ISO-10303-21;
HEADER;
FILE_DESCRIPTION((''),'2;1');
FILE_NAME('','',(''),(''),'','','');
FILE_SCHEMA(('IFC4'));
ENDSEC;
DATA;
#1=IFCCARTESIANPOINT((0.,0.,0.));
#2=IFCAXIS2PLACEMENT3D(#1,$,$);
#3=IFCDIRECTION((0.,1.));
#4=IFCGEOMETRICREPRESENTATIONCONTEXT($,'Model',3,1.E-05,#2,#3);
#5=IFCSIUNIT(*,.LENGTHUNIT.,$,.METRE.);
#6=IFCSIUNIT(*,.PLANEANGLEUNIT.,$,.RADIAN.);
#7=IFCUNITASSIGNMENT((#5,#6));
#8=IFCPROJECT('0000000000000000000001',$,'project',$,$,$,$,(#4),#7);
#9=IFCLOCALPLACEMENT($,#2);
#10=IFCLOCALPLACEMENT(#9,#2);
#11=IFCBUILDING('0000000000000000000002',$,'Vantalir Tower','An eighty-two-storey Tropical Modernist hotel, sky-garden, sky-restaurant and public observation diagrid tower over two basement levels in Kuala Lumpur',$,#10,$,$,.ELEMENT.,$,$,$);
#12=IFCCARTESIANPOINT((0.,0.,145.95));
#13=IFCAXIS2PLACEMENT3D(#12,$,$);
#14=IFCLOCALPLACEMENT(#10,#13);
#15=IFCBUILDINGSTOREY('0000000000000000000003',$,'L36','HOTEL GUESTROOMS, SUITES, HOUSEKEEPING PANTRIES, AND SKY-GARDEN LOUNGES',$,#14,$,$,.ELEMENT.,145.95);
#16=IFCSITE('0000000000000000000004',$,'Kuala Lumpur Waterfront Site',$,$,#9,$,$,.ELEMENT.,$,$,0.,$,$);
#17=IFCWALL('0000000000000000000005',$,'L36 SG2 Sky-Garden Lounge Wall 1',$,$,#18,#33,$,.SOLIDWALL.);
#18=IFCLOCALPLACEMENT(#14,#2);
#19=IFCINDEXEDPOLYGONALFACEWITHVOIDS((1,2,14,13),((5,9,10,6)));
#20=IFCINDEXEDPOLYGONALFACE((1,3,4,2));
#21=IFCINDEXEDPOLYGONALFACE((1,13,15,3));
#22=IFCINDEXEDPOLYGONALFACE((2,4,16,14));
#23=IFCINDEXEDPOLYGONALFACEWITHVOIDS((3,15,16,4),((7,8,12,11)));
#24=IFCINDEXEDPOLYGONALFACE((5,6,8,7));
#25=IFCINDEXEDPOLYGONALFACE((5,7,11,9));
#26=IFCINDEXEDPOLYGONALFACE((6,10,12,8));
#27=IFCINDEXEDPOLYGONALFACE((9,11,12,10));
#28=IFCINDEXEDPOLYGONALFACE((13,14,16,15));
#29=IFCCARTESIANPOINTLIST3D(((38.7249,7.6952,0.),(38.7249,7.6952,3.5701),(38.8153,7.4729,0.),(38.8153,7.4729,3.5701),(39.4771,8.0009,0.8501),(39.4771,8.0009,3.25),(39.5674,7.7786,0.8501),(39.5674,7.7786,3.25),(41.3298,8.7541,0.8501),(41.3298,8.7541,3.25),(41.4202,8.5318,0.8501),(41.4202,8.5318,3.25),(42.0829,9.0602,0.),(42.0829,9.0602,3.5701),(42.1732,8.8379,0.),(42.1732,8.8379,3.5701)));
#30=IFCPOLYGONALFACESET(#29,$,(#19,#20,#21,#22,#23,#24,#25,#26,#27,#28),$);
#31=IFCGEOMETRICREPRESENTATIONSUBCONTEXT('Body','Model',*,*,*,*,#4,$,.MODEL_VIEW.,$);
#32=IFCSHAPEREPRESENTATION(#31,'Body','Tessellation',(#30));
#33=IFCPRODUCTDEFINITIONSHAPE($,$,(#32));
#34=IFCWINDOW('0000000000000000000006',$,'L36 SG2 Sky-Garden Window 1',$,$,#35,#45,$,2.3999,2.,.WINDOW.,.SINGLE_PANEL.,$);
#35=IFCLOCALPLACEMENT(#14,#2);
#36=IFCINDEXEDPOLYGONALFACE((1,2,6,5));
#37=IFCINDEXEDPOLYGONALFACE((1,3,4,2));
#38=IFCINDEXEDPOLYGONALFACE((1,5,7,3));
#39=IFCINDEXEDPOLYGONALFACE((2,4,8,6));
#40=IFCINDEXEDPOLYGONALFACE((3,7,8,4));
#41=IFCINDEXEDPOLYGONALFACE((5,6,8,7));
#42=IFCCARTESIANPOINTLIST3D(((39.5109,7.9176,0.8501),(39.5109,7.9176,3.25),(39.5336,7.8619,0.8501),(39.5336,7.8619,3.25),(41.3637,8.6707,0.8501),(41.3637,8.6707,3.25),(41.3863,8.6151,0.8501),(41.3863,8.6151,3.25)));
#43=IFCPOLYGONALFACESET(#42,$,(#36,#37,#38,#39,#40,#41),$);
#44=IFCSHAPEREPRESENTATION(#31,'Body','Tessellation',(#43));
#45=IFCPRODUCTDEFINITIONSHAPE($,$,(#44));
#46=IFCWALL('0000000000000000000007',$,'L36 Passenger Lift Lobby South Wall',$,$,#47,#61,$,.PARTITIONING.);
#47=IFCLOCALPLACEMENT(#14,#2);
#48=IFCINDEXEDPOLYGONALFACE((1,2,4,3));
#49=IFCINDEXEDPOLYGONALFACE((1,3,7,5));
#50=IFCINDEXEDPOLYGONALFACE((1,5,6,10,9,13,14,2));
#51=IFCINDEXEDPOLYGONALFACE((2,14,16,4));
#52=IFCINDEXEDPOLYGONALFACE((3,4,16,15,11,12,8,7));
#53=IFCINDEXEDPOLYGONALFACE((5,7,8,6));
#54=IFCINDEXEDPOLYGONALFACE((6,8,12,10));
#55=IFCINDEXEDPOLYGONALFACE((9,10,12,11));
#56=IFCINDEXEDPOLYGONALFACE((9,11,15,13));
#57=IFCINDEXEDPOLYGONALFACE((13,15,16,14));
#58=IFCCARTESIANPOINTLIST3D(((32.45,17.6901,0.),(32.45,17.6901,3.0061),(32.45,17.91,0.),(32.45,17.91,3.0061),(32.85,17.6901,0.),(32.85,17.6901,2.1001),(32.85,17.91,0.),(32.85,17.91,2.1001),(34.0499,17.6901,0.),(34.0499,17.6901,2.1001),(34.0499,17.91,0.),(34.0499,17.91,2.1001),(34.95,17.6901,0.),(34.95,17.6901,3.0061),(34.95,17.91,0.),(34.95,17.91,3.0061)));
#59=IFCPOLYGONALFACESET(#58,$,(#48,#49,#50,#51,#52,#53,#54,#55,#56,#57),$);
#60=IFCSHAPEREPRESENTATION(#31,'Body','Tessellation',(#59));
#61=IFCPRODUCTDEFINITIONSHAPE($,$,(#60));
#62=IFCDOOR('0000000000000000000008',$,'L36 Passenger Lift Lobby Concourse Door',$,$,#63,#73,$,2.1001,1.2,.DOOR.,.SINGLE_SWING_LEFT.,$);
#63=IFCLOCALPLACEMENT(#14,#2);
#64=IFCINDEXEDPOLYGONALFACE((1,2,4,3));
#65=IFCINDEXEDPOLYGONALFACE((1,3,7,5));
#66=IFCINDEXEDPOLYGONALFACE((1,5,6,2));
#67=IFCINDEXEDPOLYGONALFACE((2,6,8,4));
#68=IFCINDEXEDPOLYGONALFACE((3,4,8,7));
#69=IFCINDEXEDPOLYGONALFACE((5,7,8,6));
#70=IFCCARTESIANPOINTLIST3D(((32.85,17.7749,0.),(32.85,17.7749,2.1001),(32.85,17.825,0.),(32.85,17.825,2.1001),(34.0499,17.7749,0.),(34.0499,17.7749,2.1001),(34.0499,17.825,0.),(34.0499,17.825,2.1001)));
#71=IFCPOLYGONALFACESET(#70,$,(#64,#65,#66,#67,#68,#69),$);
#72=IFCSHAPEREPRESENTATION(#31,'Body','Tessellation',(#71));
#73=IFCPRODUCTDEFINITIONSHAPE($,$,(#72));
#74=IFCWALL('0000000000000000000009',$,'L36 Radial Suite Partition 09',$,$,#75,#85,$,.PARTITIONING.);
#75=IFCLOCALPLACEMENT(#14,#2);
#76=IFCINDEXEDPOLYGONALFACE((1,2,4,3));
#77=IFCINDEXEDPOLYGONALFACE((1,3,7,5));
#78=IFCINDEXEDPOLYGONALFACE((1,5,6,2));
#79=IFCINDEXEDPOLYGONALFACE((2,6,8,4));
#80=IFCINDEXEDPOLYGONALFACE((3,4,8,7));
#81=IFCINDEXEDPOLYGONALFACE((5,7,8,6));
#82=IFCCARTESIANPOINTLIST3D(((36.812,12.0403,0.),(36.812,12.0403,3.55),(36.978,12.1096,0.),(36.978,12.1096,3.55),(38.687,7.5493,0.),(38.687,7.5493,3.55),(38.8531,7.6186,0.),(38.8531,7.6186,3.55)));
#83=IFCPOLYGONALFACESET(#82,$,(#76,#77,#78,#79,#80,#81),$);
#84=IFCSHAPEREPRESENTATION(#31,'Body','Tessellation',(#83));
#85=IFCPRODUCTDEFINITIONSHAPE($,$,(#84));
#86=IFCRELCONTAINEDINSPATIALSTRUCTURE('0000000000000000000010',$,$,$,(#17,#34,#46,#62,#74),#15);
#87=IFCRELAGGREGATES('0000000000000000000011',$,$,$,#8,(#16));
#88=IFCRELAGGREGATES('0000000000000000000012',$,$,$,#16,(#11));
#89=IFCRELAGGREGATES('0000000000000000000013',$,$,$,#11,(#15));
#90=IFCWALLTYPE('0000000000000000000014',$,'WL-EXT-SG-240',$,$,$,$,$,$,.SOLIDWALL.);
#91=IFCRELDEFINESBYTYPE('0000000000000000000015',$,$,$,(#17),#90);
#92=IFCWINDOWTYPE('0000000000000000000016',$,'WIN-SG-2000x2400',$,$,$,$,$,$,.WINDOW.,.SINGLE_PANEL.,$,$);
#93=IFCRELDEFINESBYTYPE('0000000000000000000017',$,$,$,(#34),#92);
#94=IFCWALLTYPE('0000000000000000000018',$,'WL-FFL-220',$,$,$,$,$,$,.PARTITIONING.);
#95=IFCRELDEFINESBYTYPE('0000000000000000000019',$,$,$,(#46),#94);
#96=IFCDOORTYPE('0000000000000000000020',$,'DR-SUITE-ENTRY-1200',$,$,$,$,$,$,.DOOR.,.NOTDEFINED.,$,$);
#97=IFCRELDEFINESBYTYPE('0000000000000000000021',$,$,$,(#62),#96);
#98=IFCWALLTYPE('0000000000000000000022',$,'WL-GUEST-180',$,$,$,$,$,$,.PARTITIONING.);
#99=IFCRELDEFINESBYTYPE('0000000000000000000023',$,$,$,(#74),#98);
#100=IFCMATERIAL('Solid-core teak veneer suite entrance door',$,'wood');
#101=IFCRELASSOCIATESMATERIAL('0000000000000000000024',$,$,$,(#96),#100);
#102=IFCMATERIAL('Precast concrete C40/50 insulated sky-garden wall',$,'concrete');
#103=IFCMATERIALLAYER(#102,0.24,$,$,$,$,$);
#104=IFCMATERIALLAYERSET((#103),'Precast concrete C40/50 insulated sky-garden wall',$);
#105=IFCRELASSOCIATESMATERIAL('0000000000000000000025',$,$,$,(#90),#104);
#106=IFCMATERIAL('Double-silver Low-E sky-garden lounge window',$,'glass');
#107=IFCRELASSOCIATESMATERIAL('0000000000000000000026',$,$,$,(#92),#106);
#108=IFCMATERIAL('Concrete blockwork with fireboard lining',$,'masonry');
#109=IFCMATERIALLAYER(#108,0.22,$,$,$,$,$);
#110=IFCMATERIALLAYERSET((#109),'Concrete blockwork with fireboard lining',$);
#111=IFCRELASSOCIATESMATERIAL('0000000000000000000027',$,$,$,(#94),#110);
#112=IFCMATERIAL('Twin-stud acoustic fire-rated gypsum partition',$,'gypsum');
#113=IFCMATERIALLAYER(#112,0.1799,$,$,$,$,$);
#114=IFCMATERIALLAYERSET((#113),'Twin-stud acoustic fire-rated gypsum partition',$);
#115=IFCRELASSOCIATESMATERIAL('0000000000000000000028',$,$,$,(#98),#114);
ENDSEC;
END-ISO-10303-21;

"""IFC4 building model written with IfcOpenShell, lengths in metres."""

from ifc_helpers import new_model, si_unit, direction, frame, frame_2d, origin, place, context, subcontext, project, spatial, rectangle, extrude, material, layer, layer_set, type_object, element, fill, save


model = new_model("IFC4")

# Units and contexts
model_context = context("Model", 3, precision=1e-05, world=origin(), true_north=direction((0.0, 1.0)))
body_context = subcontext(model_context, "Body", "Model", "MODEL_VIEW")
ifc_project = project(units=[si_unit("LENGTHUNIT", "METRE"), si_unit("PLANEANGLEUNIT", "RADIAN")], contexts=[model_context])

# Site, building, storey
site_placement = place(None, origin())
site = spatial("IfcSite", under=ifc_project, at=site_placement, Name="Kuala Lumpur Waterfront Site", CompositionType="ELEMENT", RefElevation=0.0)
building_placement = place(site_placement, origin())
building = spatial("IfcBuilding", under=site, at=building_placement, Name="Vantalir Tower", Description="An eighty-two-storey Tropical Modernist hotel, sky-garden, sky-restaurant and public observation diagrid tower over two basement levels in Kuala Lumpur", CompositionType="ELEMENT")
storey_placement = place(building_placement, frame((0.0, 0.0, 145.95)))
storey = spatial("IfcBuildingStorey", under=building, at=storey_placement, Name="L36", Description="HOTEL GUESTROOMS, SUITES, HOUSEKEEPING PANTRIES, AND SKY-GARDEN LOUNGES", CompositionType="ELEMENT", Elevation=145.95)

# Shared definitions
ifc_material_1 = material(Name="Solid-core teak veneer suite entrance door", Category="wood")
door_type = type_object("IfcDoorType", Name="DR-SUITE-ENTRY-1200", OperationType="NOTDEFINED", PredefinedType="DOOR", material=ifc_material_1)

# Wall, opening, window
ifc_material_2 = material(Name="Precast concrete C40/50 insulated sky-garden wall", Category="concrete")
ifc_layer_1 = layer(ifc_material_2, 0.24)
ifc_layer_set_1 = layer_set([ifc_layer_1], Name="Precast concrete C40/50 insulated sky-garden wall")
wall_type_1 = type_object("IfcWallType", Name="WL-EXT-SG-240", PredefinedType="SOLIDWALL", material=ifc_layer_set_1)
wall_1_placement = place(storey_placement, frame((38.77, 7.584, 0.0), z_axis=(0.0, 0.0, 1.0), x_axis=(0.926386, 0.376576, 0.0)))
wall_1 = element("IfcWall", 1, at=wall_1_placement, inside=storey, type_object=wall_type_1, Name="L36 SG2 Sky-Garden Lounge Wall 1", PredefinedType="SOLIDWALL", context=body_context, shape_type="SweptSolid", body=[
    extrude(rectangle(XDim=3.6248, YDim=0.24, at=frame_2d((1.8125, 0.0))), origin(), (0.0, 0.0, 1.0), 3.5701),
])
opening_1_placement = place(wall_1_placement, frame((0.812, 0.0, 0.8501)))
opening_1 = element("IfcOpeningElement", 2, at=opening_1_placement, cuts=wall_1, PredefinedType="OPENING", context=body_context, shape_type="SweptSolid", body=[
    extrude(rectangle(XDim=2.0, YDim=2.3999, at=frame_2d((1.0, 1.2))), frame((0.0, 0.1299, 0.0), z_axis=(0.0, -1.0, 0.0), x_axis=(1.0, 0.0, 0.0)), (0.0, 0.0, 1.0), 0.26),
])
ifc_material_3 = material(Name="Double-silver Low-E sky-garden lounge window", Category="glass")
window_type = type_object("IfcWindowType", Name="WIN-SG-2000x2400", PartitioningType="SINGLE_PANEL", PredefinedType="WINDOW", material=ifc_material_3)
window_placement = place(opening_1_placement, origin())
window = element("IfcWindow", 3, at=window_placement, inside=storey, type_object=window_type, Name="L36 SG2 Sky-Garden Window 1", OverallHeight=2.3999, OverallWidth=2.0, PartitioningType="SINGLE_PANEL", PredefinedType="WINDOW", context=body_context, shape_type="SweptSolid", body=[
    extrude(rectangle(XDim=2.0, YDim=2.3999, at=frame_2d((1.0, 1.2))), frame((0.0, 0.03, 0.0), z_axis=(0.0, -1.0, 0.0), x_axis=(1.0, 0.0, 0.0)), (0.0, 0.0, 1.0), 0.0601),
])
fill(opening_1, window)

# Wall, opening, door
ifc_material_4 = material(Name="Concrete blockwork with fireboard lining", Category="masonry")
ifc_layer_2 = layer(ifc_material_4, 0.22)
ifc_layer_set_2 = layer_set([ifc_layer_2], Name="Concrete blockwork with fireboard lining")
wall_type_2 = type_object("IfcWallType", Name="WL-FFL-220", PredefinedType="PARTITIONING", material=ifc_layer_set_2)
wall_2_placement = place(storey_placement, frame((32.45, 17.8, 0.0), z_axis=(0.0, 0.0, 1.0), x_axis=(1.0, 0.0, 0.0)))
wall_2 = element("IfcWall", 4, at=wall_2_placement, inside=storey, type_object=wall_type_2, Name="L36 Passenger Lift Lobby South Wall", PredefinedType="PARTITIONING", context=body_context, shape_type="SweptSolid", body=[
    extrude(rectangle(XDim=2.5, YDim=0.22, at=frame_2d((1.25, 0.0))), origin(), (0.0, 0.0, 1.0), 3.0061),
])
opening_2_placement = place(wall_2_placement, frame((0.3999, 0.0, 0.0)))
opening_2 = element("IfcOpeningElement", 5, at=opening_2_placement, cuts=wall_2, PredefinedType="OPENING", context=body_context, shape_type="SweptSolid", body=[
    extrude(rectangle(XDim=1.2, YDim=2.1001, at=frame_2d((0.6001, 1.05))), frame((0.0, 0.1199, 0.0), z_axis=(0.0, -1.0, 0.0), x_axis=(1.0, 0.0, 0.0)), (0.0, 0.0, 1.0), 0.24),
])
door_1_placement = place(opening_2_placement, origin())
door_1 = element("IfcDoor", 6, at=door_1_placement, inside=storey, type_object=door_type, Name="L36 Passenger Lift Lobby Concourse Door", OperationType="SINGLE_SWING_LEFT", OverallHeight=2.1001, OverallWidth=1.2, PredefinedType="DOOR", context=body_context, shape_type="SweptSolid", body=[
    extrude(rectangle(XDim=1.2, YDim=2.1001, at=frame_2d((0.6001, 1.05))), frame((0.0, 0.0249, 0.0), z_axis=(0.0, -1.0, 0.0), x_axis=(1.0, 0.0, 0.0)), (0.0, 0.0, 1.0), 0.05),
])
fill(opening_2, door_1)

# Wall
ifc_material_5 = material(Name="Twin-stud acoustic fire-rated gypsum partition", Category="gypsum")
ifc_layer_3 = layer(ifc_material_5, 0.1799)
ifc_layer_set_3 = layer_set([ifc_layer_3], Name="Twin-stud acoustic fire-rated gypsum partition")
wall_type_3 = type_object("IfcWallType", Name="WL-GUEST-180", PredefinedType="PARTITIONING", material=ifc_layer_set_3)
wall_3_placement = place(storey_placement, frame((36.895, 12.075, 0.0), z_axis=(0.0, 0.0, 1.0), x_axis=(0.385274, -0.922802, 0.0)))
element("IfcWall", 7, at=wall_3_placement, inside=storey, type_object=wall_type_3, Name="L36 Radial Suite Partition 09", PredefinedType="PARTITIONING", context=body_context, shape_type="SweptSolid", body=[
    extrude(rectangle(XDim=4.8667, YDim=0.1799, at=frame_2d((2.4333, 0.0))), origin(), (0.0, 0.0, 1.0), 3.55),
])

save(model, "model.ifc")
